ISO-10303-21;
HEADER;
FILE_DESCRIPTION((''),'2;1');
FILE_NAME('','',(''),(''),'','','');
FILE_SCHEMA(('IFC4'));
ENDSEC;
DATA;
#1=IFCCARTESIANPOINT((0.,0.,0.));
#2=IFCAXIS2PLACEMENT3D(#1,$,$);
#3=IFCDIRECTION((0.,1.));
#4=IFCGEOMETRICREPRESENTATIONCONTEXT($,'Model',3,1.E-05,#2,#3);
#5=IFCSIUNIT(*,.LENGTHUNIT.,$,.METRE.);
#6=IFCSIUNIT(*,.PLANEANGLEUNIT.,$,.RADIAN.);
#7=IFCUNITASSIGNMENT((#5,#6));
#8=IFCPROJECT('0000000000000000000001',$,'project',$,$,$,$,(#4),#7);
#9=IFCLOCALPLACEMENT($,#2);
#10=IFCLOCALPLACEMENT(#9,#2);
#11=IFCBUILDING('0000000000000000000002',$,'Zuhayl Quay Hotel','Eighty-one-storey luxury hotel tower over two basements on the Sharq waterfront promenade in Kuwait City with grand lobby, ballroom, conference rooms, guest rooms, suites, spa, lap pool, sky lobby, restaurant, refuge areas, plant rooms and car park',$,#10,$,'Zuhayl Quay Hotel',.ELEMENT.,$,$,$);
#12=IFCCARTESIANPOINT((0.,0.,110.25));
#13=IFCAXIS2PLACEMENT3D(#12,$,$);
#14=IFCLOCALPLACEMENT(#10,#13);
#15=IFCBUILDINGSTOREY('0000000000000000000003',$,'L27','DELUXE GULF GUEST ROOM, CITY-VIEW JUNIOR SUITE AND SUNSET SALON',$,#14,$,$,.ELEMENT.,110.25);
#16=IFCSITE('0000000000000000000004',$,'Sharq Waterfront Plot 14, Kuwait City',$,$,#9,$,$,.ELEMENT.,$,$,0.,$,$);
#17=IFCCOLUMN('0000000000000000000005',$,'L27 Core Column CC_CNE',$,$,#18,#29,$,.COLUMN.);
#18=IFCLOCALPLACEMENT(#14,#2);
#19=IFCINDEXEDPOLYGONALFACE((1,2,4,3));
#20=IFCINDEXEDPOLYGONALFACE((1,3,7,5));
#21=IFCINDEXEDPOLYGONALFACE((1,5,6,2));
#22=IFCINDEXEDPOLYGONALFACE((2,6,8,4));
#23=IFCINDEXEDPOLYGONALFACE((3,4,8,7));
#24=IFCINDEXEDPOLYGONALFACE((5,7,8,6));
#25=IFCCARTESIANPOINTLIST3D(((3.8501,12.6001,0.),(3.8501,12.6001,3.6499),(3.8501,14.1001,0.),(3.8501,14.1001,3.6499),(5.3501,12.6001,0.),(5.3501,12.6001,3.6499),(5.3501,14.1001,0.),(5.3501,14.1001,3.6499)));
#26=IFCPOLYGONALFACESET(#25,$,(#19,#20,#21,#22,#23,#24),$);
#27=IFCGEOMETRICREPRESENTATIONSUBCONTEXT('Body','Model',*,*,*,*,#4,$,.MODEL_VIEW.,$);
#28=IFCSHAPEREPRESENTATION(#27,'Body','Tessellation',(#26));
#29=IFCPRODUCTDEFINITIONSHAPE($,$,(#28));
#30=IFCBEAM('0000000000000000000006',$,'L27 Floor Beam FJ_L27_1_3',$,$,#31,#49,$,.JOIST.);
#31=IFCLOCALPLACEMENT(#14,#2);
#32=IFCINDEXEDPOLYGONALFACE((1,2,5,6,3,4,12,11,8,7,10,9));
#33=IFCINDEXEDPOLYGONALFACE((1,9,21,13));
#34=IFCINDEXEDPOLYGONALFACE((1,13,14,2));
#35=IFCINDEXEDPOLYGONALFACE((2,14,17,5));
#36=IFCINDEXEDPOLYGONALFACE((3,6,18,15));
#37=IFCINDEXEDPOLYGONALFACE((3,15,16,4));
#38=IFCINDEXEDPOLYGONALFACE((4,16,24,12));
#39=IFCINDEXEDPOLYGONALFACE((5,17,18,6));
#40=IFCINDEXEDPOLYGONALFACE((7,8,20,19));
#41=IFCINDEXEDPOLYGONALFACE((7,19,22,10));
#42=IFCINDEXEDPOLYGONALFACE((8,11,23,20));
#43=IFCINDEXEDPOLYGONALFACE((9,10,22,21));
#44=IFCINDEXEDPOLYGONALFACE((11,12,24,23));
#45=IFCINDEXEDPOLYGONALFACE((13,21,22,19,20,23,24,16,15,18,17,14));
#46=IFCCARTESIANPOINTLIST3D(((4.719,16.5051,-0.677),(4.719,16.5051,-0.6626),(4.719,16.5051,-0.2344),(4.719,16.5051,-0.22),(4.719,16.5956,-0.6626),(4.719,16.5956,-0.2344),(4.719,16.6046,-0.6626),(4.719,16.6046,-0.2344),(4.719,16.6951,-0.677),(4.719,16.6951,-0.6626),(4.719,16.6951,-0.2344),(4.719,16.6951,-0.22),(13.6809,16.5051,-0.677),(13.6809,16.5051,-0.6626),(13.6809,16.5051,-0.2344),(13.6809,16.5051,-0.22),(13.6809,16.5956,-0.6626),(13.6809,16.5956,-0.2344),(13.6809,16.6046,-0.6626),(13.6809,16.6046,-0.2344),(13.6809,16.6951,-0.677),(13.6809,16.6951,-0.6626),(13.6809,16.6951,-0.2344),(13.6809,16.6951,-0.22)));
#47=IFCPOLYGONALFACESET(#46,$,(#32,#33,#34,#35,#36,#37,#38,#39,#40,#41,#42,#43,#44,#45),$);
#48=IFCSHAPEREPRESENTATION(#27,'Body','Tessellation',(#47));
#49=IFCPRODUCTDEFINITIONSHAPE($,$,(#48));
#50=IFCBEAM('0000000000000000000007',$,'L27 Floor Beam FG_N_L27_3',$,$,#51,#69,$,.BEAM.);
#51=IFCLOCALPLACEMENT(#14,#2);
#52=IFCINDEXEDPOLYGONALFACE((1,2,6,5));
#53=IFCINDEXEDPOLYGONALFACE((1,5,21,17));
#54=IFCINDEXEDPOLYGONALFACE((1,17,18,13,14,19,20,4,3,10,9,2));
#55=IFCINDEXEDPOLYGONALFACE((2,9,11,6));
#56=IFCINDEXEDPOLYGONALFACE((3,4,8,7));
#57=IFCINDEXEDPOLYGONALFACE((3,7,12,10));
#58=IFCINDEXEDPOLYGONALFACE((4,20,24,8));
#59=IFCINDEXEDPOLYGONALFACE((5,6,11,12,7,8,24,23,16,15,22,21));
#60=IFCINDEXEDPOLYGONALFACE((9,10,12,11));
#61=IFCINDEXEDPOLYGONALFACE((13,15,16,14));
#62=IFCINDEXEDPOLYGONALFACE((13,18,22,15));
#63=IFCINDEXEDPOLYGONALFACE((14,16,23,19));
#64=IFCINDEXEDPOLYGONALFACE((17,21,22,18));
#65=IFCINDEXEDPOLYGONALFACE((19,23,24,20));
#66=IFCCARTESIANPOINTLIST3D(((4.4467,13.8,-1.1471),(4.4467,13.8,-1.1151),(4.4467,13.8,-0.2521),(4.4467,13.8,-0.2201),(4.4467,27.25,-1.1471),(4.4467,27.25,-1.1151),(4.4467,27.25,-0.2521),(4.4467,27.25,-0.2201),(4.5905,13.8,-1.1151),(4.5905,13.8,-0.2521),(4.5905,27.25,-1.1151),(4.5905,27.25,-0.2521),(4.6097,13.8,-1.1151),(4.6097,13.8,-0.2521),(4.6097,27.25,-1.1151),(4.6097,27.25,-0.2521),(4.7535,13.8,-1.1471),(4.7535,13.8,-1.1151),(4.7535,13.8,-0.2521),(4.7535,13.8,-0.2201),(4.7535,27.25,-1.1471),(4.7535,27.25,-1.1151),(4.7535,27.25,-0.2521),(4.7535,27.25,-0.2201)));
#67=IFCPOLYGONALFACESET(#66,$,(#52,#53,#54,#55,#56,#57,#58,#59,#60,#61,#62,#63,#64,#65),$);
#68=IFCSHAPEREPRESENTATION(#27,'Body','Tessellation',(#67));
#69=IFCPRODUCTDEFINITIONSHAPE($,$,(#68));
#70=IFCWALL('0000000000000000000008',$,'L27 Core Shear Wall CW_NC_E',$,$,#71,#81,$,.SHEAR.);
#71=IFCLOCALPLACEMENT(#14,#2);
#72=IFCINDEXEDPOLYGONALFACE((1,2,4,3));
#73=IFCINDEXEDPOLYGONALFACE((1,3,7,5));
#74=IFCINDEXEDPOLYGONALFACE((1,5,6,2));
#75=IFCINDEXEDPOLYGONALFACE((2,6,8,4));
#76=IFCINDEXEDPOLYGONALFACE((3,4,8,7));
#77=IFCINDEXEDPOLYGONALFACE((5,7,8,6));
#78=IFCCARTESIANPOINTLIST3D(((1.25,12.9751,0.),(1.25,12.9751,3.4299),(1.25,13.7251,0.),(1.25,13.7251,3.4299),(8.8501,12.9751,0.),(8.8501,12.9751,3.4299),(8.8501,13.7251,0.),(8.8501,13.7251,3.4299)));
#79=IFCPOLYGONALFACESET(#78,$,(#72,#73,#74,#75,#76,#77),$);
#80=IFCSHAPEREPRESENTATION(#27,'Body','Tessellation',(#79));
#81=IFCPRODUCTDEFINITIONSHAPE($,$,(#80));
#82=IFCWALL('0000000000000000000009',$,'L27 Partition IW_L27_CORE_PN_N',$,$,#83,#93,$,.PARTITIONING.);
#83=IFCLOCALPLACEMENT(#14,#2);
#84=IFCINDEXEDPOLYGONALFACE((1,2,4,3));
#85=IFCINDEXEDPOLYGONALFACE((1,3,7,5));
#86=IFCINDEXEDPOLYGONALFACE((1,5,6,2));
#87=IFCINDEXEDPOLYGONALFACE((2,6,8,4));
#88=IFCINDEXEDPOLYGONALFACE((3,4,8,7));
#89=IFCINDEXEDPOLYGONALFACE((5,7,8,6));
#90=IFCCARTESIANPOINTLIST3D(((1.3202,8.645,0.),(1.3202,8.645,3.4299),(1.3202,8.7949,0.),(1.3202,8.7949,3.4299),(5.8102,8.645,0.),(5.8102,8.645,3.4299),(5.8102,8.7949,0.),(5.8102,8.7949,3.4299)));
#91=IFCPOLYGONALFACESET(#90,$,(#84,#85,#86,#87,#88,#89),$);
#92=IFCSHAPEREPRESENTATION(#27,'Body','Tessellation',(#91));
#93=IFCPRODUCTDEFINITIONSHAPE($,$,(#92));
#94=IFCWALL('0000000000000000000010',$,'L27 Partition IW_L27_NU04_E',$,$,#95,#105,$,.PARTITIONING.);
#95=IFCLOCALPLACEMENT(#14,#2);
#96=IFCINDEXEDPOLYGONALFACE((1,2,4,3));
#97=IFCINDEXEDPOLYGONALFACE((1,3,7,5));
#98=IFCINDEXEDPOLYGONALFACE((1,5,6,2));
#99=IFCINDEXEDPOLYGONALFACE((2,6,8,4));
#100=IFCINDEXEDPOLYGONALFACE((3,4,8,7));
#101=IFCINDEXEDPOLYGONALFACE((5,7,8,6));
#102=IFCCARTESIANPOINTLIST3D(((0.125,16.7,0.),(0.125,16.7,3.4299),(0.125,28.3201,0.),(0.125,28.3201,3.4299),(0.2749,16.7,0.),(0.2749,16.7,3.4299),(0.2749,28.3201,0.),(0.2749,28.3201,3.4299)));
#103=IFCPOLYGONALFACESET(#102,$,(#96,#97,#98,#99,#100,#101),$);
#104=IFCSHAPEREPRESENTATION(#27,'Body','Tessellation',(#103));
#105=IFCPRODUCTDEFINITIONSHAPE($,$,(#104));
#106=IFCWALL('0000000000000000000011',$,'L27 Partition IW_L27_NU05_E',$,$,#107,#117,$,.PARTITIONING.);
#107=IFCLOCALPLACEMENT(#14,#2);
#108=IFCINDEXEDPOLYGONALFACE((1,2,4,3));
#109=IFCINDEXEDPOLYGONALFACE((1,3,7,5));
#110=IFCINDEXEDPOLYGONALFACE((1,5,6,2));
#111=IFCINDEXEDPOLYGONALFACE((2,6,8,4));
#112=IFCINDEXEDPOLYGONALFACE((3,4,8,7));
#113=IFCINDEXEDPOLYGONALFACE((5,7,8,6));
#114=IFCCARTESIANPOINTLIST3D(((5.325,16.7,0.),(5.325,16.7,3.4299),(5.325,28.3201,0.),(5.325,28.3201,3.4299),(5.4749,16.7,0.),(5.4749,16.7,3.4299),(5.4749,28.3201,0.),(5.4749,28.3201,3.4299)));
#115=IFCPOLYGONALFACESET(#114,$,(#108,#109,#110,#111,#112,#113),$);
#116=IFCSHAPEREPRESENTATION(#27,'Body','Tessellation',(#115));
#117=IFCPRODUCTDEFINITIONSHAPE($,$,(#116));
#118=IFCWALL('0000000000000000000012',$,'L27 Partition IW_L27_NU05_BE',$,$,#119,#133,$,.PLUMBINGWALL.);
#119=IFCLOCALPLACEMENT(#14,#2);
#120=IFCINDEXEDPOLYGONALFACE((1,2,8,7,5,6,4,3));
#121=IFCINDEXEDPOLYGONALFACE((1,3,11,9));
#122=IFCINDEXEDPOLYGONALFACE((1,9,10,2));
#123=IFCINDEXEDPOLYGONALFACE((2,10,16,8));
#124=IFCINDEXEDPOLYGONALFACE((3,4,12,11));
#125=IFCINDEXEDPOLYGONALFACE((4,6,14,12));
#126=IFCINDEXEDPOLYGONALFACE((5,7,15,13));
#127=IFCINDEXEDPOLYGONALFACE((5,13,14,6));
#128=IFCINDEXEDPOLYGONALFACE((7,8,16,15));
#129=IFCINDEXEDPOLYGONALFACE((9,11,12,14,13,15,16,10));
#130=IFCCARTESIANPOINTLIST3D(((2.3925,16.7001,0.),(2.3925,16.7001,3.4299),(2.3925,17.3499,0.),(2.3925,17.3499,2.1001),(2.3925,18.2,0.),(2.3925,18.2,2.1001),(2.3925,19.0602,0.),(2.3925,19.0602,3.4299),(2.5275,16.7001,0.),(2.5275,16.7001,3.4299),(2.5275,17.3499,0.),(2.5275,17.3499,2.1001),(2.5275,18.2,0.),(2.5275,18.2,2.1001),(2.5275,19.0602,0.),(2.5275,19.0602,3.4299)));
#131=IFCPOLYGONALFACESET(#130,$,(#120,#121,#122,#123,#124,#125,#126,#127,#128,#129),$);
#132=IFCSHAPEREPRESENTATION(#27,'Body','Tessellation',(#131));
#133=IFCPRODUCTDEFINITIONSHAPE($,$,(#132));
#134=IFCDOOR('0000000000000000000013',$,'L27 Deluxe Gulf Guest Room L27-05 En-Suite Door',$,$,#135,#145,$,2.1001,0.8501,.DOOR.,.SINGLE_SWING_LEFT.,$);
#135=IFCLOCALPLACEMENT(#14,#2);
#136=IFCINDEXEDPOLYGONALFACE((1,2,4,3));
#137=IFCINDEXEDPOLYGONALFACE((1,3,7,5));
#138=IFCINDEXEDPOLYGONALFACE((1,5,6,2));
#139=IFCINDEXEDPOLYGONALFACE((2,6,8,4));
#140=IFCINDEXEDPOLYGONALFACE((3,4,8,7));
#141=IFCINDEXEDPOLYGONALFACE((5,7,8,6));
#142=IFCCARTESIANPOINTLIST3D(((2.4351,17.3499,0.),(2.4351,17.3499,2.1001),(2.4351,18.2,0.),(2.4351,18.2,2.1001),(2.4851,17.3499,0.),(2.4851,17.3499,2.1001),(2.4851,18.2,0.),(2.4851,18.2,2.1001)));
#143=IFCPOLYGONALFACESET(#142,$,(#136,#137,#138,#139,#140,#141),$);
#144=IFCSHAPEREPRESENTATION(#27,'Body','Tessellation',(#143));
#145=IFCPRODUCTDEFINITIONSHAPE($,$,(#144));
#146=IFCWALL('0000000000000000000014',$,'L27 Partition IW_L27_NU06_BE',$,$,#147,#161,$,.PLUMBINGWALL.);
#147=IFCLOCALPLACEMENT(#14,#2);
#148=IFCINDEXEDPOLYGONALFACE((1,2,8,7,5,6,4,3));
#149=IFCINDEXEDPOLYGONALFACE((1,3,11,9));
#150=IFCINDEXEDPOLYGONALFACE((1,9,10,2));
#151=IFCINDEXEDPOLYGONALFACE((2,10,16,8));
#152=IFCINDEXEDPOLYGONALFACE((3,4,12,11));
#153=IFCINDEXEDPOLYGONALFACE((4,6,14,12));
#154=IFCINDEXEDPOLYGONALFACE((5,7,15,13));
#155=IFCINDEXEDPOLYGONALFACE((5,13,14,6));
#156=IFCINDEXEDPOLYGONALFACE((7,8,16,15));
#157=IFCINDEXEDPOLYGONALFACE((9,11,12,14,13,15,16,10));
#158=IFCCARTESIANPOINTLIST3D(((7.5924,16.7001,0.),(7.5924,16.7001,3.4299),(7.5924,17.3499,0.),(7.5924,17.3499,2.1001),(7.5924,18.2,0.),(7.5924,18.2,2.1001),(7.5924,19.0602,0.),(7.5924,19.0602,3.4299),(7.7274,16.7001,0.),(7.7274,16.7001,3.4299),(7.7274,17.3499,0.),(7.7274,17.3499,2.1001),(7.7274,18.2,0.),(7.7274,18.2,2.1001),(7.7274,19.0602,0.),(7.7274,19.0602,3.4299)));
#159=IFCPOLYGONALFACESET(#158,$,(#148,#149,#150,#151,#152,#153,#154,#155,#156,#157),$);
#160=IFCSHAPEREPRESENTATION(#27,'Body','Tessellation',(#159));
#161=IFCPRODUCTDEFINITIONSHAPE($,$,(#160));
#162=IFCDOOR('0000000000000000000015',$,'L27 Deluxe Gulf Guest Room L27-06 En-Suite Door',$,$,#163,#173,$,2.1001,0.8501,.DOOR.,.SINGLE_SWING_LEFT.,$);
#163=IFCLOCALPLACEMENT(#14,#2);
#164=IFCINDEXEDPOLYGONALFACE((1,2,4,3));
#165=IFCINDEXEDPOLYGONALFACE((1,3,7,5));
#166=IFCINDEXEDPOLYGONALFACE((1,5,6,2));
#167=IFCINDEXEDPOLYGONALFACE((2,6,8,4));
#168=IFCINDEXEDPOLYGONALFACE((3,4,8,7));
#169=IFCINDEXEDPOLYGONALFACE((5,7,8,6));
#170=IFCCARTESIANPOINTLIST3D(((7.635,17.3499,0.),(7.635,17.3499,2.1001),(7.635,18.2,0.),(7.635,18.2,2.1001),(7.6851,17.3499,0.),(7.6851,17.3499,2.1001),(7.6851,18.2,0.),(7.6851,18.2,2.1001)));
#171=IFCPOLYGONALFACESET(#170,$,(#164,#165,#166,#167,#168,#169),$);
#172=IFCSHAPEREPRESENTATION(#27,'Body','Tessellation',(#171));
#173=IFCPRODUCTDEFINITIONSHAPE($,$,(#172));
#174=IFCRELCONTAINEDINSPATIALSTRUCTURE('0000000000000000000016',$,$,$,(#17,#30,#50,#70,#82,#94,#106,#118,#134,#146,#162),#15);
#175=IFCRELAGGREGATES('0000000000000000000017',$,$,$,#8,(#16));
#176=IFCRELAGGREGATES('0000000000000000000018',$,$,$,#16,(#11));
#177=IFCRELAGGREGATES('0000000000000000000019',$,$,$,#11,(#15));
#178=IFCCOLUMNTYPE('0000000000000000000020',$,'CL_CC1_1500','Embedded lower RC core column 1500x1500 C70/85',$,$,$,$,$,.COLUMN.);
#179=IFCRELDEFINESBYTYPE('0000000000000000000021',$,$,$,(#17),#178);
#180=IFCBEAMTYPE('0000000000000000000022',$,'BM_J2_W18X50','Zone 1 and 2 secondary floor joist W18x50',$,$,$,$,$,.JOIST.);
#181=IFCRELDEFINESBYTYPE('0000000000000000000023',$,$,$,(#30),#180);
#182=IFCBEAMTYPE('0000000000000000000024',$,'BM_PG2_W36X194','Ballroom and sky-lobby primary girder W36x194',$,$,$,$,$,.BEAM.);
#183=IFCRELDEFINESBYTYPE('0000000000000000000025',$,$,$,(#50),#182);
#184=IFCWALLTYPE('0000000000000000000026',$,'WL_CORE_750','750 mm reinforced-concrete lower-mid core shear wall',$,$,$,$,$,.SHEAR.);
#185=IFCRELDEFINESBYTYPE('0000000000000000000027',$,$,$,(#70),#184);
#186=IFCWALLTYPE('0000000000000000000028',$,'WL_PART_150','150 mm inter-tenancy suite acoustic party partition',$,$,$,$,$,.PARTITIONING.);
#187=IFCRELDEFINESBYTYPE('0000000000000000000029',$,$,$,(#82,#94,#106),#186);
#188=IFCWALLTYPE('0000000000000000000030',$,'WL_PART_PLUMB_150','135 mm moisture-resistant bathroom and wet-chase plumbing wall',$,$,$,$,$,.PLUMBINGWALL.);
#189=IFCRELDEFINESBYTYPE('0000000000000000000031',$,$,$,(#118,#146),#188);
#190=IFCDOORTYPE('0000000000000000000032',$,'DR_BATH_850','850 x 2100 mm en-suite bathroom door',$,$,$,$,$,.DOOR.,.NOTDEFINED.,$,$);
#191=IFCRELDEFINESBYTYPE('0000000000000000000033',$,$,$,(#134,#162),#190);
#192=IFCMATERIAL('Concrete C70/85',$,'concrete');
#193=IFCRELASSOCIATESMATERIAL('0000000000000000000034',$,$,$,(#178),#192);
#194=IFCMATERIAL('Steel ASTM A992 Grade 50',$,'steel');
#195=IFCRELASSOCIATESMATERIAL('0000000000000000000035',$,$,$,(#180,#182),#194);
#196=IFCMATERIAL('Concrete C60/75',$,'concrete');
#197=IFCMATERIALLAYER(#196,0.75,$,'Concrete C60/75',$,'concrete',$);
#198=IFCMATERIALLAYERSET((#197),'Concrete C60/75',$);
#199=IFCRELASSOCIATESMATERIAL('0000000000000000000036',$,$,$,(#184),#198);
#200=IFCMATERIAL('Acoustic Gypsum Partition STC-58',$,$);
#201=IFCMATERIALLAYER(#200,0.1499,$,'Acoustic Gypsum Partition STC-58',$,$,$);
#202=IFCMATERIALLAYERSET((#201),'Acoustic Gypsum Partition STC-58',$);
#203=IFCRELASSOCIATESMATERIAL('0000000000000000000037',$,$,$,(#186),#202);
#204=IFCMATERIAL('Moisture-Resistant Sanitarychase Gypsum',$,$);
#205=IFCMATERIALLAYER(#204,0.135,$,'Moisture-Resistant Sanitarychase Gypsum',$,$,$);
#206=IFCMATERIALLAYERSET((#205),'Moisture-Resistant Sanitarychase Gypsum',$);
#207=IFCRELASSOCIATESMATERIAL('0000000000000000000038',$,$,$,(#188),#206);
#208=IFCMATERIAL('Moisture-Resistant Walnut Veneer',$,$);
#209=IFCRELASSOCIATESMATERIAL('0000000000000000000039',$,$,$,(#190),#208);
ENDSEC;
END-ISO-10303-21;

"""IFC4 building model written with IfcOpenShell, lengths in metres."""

from ifc_helpers import new_model, si_unit, direction, frame, frame_2d, origin, origin_2d, place, context, subcontext, project, spatial, rectangle, i_section, extrude, material, layer, layer_set, material_profile, profile_set, type_object, element, fill, save


model = new_model("IFC4")

# Units and contexts
model_context = context("Model", 3, precision=1e-05, world=origin(), true_north=direction((0.0, 1.0)))
body_context = subcontext(model_context, "Body", "Model", "MODEL_VIEW")
ifc_project = project(units=[si_unit("LENGTHUNIT", "METRE"), si_unit("PLANEANGLEUNIT", "RADIAN")], contexts=[model_context])

# Site, building, storey
site_placement = place(None, origin())
site = spatial("IfcSite", under=ifc_project, at=site_placement, Name="Sharq Waterfront Plot 14, Kuwait City", CompositionType="ELEMENT", RefElevation=0.0)
building_placement = place(site_placement, origin())
building = spatial("IfcBuilding", under=site, at=building_placement, Name="Zuhayl Quay Hotel", Description="Eighty-one-storey luxury hotel tower over two basements on the Sharq waterfront promenade in Kuwait City with grand lobby, ballroom, conference rooms, guest rooms, suites, spa, lap pool, sky lobby, restaurant, refuge areas, plant rooms and car park", LongName="Zuhayl Quay Hotel", CompositionType="ELEMENT")
storey_placement = place(building_placement, frame((0.0, 0.0, 110.25)))
storey = spatial("IfcBuildingStorey", under=building, at=storey_placement, Name="L27", Description="DELUXE GULF GUEST ROOM, CITY-VIEW JUNIOR SUITE AND SUNSET SALON", CompositionType="ELEMENT", Elevation=110.25)

# Column
ifc_material_1 = material(Name="Concrete C70/85", Category="concrete")
ifc_material_profile_1 = material_profile(ifc_material_1, rectangle(XDim=1.5, YDim=1.5, at=origin_2d()), Name="RC1500X1500")
ifc_profile_set_1 = profile_set([ifc_material_profile_1], Name="Concrete C70/85")
column_type = type_object("IfcColumnType", Name="CL_CC1_1500", Description="Embedded lower RC core column 1500x1500 C70/85", PredefinedType="COLUMN", material=ifc_profile_set_1)
column_placement = place(storey_placement, frame((4.6001, 13.3501, 0.0), z_axis=(0.0, 0.0, 1.0), x_axis=(1.0, 0.0, 0.0)))
element("IfcColumn", 1, at=column_placement, inside=storey, type_object=column_type, Name="L27 Core Column CC_CNE", PredefinedType="COLUMN", context=body_context, shape_type="SweptSolid", body=[
    extrude(rectangle(XDim=1.5, YDim=1.5, at=origin_2d()), origin(), (0.0, 0.0, 1.0), 3.6499),
])

# Beams
ifc_material_2 = material(Name="Steel ASTM A992 Grade 50", Category="steel")
ifc_material_profile_2 = material_profile(ifc_material_2, i_section(OverallWidth=0.1899, OverallDepth=0.457, WebThickness=0.009, FlangeThickness=0.0144, at=origin_2d()), Name="W18X50")
ifc_profile_set_2 = profile_set([ifc_material_profile_2], Name="Steel ASTM A992 Grade 50")
beam_type_1 = type_object("IfcBeamType", Name="BM_J2_W18X50", Description="Zone 1 and 2 secondary floor joist W18x50", PredefinedType="JOIST", material=ifc_profile_set_2)
beam_1_placement = place(storey_placement, frame((4.719, 16.6001, -0.4485), z_axis=(1.0, 0.0, 0.0), x_axis=(0.0, 1.0, 0.0)))
element("IfcBeam", 2, at=beam_1_placement, inside=storey, type_object=beam_type_1, Name="L27 Floor Beam FJ_L27_1_3", PredefinedType="JOIST", context=body_context, shape_type="SweptSolid", body=[
    extrude(i_section(OverallWidth=0.1899, OverallDepth=0.457, WebThickness=0.009, FlangeThickness=0.0144, at=origin_2d()), origin(), (0.0, 0.0, 1.0), 8.9619),
])
ifc_material_profile_3 = material_profile(ifc_material_2, i_section(OverallWidth=0.3069, OverallDepth=0.927, WebThickness=0.0193, FlangeThickness=0.032, at=origin_2d()), Name="W36X194")
ifc_profile_set_3 = profile_set([ifc_material_profile_3], Name="Steel ASTM A992 Grade 50")
beam_type_2 = type_object("IfcBeamType", Name="BM_PG2_W36X194", Description="Ballroom and sky-lobby primary girder W36x194", PredefinedType="BEAM", material=ifc_profile_set_3)
beam_2_placement = place(storey_placement, frame((4.6001, 13.8, -0.6836), z_axis=(0.0, 1.0, 0.0), x_axis=(-1.0, 0.0, 0.0)))
element("IfcBeam", 3, at=beam_2_placement, inside=storey, type_object=beam_type_2, Name="L27 Floor Beam FG_N_L27_3", PredefinedType="BEAM", context=body_context, shape_type="SweptSolid", body=[
    extrude(i_section(OverallWidth=0.3069, OverallDepth=0.927, WebThickness=0.0193, FlangeThickness=0.032, at=origin_2d()), origin(), (0.0, 0.0, 1.0), 13.45),
])

# Walls
ifc_material_3 = material(Name="Concrete C60/75", Category="concrete")
ifc_layer_1 = layer(ifc_material_3, 0.75, Name="Concrete C60/75", Category="concrete")
ifc_layer_set_1 = layer_set([ifc_layer_1], Name="Concrete C60/75")
wall_type_1 = type_object("IfcWallType", Name="WL_CORE_750", Description="750 mm reinforced-concrete lower-mid core shear wall", PredefinedType="SHEAR", material=ifc_layer_set_1)
wall_1_placement = place(storey_placement, frame((1.25, 13.3501, 0.0), z_axis=(0.0, 0.0, 1.0), x_axis=(1.0, 0.0, 0.0)))
element("IfcWall", 4, at=wall_1_placement, inside=storey, type_object=wall_type_1, Name="L27 Core Shear Wall CW_NC_E", PredefinedType="SHEAR", context=body_context, shape_type="SweptSolid", body=[
    extrude(rectangle(XDim=7.6001, YDim=0.75, at=frame_2d((3.8, 0.0))), origin(), (0.0, 0.0, 1.0), 3.4299),
])
ifc_material_4 = material(Name="Acoustic Gypsum Partition STC-58")
ifc_layer_2 = layer(ifc_material_4, 0.1499, Name="Acoustic Gypsum Partition STC-58")
ifc_layer_set_2 = layer_set([ifc_layer_2], Name="Acoustic Gypsum Partition STC-58")
wall_type_2 = type_object("IfcWallType", Name="WL_PART_150", Description="150 mm inter-tenancy suite acoustic party partition", PredefinedType="PARTITIONING", material=ifc_layer_set_2)
wall_2_placement = place(storey_placement, frame((1.3201, 8.72, 0.0), z_axis=(0.0, 0.0, 1.0), x_axis=(1.0, 0.0, 0.0)))
element("IfcWall", 5, at=wall_2_placement, inside=storey, type_object=wall_type_2, Name="L27 Partition IW_L27_CORE_PN_N", PredefinedType="PARTITIONING", context=body_context, shape_type="SweptSolid", body=[
    extrude(rectangle(XDim=4.49, YDim=0.1499, at=frame_2d((2.2451, 0.0))), origin(), (0.0, 0.0, 1.0), 3.4299),
])
for number, where, z_axis, x_axis, name in (
    (6, (0.2, 16.7, 0.0), (0.0, 0.0, 1.0), (0.0, 1.0, 0.0), "L27 Partition IW_L27_NU04_E"),
    (7, (5.3999, 16.7, 0.0), (0.0, 0.0, 1.0), (0.0, 1.0, 0.0), "L27 Partition IW_L27_NU05_E"),
):
    element("IfcWall", number, at=place(storey_placement, frame(where, z_axis=z_axis, x_axis=x_axis)), inside=storey, type_object=wall_type_2, Name=name, PredefinedType="PARTITIONING", context=body_context, shape_type="SweptSolid", body=[
        extrude(rectangle(XDim=11.6201, YDim=0.1499, at=frame_2d((5.8101, 0.0))), origin(), (0.0, 0.0, 1.0), 3.4299),
    ])

# Walls, openings, doors
ifc_material_5 = material(Name="Moisture-Resistant Sanitarychase Gypsum")
ifc_layer_3 = layer(ifc_material_5, 0.135, Name="Moisture-Resistant Sanitarychase Gypsum")
ifc_layer_set_3 = layer_set([ifc_layer_3], Name="Moisture-Resistant Sanitarychase Gypsum")
wall_type_3 = type_object("IfcWallType", Name="WL_PART_PLUMB_150", Description="135 mm moisture-resistant bathroom and wet-chase plumbing wall", PredefinedType="PLUMBINGWALL", material=ifc_layer_set_3)
wall_3_placement = place(storey_placement, frame((2.46, 16.7, 0.0), z_axis=(0.0, 0.0, 1.0), x_axis=(0.0, 1.0, 0.0)))
wall_3 = element("IfcWall", 8, at=wall_3_placement, inside=storey, type_object=wall_type_3, Name="L27 Partition IW_L27_NU05_BE", PredefinedType="PLUMBINGWALL", context=body_context, shape_type="SweptSolid", body=[
    extrude(rectangle(XDim=2.3601, YDim=0.135, at=frame_2d((1.1802, 0.0))), origin(), (0.0, 0.0, 1.0), 3.4299),
])
opening_1_placement = place(wall_3_placement, frame((0.6499, 0.0, 0.0)))
opening_1 = element("IfcOpeningElement", 9, at=opening_1_placement, cuts=wall_3, PredefinedType="OPENING", context=body_context, shape_type="SweptSolid", body=[
    extrude(rectangle(XDim=0.8501, YDim=2.1001, at=frame_2d((0.425, 1.05))), frame((0.0, 0.0774, 0.0), z_axis=(0.0, -1.0, 0.0), x_axis=(1.0, 0.0, 0.0)), (0.0, 0.0, 1.0), 0.155),
])
ifc_material_6 = material(Name="Moisture-Resistant Walnut Veneer")
door_type_1 = type_object("IfcDoorType", Name="DR_BATH_850", Description="850 x 2100 mm en-suite bathroom door", OperationType="NOTDEFINED", PredefinedType="DOOR", material=ifc_material_6)
door_1_placement = place(opening_1_placement, origin())
door_1 = element("IfcDoor", 10, at=door_1_placement, inside=storey, type_object=door_type_1, Name="L27 Deluxe Gulf Guest Room L27-05 En-Suite Door", OperationType="SINGLE_SWING_LEFT", OverallHeight=2.1001, OverallWidth=0.8501, PredefinedType="DOOR", context=body_context, shape_type="SweptSolid", body=[
    extrude(rectangle(XDim=0.8501, YDim=2.1001, at=frame_2d((0.425, 1.05))), frame((0.0, 0.0249, 0.0), z_axis=(0.0, -1.0, 0.0), x_axis=(1.0, 0.0, 0.0)), (0.0, 0.0, 1.0), 0.05),
])
fill(opening_1, door_1)
wall_4_placement = place(storey_placement, frame((7.6599, 16.7, 0.0), z_axis=(0.0, 0.0, 1.0), x_axis=(0.0, 1.0, 0.0)))
wall_4 = element("IfcWall", 11, at=wall_4_placement, inside=storey, type_object=wall_type_3, Name="L27 Partition IW_L27_NU06_BE", PredefinedType="PLUMBINGWALL", context=body_context, shape_type="SweptSolid", body=[
    extrude(rectangle(XDim=2.3601, YDim=0.135, at=frame_2d((1.1802, 0.0))), origin(), (0.0, 0.0, 1.0), 3.4299),
])
opening_2_placement = place(wall_4_placement, frame((0.6499, 0.0, 0.0)))
opening_2 = element("IfcOpeningElement", 12, at=opening_2_placement, cuts=wall_4, PredefinedType="OPENING", context=body_context, shape_type="SweptSolid", body=[
    extrude(rectangle(XDim=0.8501, YDim=2.1001, at=frame_2d((0.425, 1.05))), frame((0.0, 0.0774, 0.0), z_axis=(0.0, -1.0, 0.0), x_axis=(1.0, 0.0, 0.0)), (0.0, 0.0, 1.0), 0.155),
])
door_2_placement = place(opening_2_placement, origin())
door_2 = element("IfcDoor", 13, at=door_2_placement, inside=storey, type_object=door_type_1, Name="L27 Deluxe Gulf Guest Room L27-06 En-Suite Door", OperationType="SINGLE_SWING_LEFT", OverallHeight=2.1001, OverallWidth=0.8501, PredefinedType="DOOR", context=body_context, shape_type="SweptSolid", body=[
    extrude(rectangle(XDim=0.8501, YDim=2.1001, at=frame_2d((0.425, 1.05))), frame((0.0, 0.0249, 0.0), z_axis=(0.0, -1.0, 0.0), x_axis=(1.0, 0.0, 0.0)), (0.0, 0.0, 1.0), 0.05),
])
fill(opening_2, door_2)

save(model, "model.ifc")
